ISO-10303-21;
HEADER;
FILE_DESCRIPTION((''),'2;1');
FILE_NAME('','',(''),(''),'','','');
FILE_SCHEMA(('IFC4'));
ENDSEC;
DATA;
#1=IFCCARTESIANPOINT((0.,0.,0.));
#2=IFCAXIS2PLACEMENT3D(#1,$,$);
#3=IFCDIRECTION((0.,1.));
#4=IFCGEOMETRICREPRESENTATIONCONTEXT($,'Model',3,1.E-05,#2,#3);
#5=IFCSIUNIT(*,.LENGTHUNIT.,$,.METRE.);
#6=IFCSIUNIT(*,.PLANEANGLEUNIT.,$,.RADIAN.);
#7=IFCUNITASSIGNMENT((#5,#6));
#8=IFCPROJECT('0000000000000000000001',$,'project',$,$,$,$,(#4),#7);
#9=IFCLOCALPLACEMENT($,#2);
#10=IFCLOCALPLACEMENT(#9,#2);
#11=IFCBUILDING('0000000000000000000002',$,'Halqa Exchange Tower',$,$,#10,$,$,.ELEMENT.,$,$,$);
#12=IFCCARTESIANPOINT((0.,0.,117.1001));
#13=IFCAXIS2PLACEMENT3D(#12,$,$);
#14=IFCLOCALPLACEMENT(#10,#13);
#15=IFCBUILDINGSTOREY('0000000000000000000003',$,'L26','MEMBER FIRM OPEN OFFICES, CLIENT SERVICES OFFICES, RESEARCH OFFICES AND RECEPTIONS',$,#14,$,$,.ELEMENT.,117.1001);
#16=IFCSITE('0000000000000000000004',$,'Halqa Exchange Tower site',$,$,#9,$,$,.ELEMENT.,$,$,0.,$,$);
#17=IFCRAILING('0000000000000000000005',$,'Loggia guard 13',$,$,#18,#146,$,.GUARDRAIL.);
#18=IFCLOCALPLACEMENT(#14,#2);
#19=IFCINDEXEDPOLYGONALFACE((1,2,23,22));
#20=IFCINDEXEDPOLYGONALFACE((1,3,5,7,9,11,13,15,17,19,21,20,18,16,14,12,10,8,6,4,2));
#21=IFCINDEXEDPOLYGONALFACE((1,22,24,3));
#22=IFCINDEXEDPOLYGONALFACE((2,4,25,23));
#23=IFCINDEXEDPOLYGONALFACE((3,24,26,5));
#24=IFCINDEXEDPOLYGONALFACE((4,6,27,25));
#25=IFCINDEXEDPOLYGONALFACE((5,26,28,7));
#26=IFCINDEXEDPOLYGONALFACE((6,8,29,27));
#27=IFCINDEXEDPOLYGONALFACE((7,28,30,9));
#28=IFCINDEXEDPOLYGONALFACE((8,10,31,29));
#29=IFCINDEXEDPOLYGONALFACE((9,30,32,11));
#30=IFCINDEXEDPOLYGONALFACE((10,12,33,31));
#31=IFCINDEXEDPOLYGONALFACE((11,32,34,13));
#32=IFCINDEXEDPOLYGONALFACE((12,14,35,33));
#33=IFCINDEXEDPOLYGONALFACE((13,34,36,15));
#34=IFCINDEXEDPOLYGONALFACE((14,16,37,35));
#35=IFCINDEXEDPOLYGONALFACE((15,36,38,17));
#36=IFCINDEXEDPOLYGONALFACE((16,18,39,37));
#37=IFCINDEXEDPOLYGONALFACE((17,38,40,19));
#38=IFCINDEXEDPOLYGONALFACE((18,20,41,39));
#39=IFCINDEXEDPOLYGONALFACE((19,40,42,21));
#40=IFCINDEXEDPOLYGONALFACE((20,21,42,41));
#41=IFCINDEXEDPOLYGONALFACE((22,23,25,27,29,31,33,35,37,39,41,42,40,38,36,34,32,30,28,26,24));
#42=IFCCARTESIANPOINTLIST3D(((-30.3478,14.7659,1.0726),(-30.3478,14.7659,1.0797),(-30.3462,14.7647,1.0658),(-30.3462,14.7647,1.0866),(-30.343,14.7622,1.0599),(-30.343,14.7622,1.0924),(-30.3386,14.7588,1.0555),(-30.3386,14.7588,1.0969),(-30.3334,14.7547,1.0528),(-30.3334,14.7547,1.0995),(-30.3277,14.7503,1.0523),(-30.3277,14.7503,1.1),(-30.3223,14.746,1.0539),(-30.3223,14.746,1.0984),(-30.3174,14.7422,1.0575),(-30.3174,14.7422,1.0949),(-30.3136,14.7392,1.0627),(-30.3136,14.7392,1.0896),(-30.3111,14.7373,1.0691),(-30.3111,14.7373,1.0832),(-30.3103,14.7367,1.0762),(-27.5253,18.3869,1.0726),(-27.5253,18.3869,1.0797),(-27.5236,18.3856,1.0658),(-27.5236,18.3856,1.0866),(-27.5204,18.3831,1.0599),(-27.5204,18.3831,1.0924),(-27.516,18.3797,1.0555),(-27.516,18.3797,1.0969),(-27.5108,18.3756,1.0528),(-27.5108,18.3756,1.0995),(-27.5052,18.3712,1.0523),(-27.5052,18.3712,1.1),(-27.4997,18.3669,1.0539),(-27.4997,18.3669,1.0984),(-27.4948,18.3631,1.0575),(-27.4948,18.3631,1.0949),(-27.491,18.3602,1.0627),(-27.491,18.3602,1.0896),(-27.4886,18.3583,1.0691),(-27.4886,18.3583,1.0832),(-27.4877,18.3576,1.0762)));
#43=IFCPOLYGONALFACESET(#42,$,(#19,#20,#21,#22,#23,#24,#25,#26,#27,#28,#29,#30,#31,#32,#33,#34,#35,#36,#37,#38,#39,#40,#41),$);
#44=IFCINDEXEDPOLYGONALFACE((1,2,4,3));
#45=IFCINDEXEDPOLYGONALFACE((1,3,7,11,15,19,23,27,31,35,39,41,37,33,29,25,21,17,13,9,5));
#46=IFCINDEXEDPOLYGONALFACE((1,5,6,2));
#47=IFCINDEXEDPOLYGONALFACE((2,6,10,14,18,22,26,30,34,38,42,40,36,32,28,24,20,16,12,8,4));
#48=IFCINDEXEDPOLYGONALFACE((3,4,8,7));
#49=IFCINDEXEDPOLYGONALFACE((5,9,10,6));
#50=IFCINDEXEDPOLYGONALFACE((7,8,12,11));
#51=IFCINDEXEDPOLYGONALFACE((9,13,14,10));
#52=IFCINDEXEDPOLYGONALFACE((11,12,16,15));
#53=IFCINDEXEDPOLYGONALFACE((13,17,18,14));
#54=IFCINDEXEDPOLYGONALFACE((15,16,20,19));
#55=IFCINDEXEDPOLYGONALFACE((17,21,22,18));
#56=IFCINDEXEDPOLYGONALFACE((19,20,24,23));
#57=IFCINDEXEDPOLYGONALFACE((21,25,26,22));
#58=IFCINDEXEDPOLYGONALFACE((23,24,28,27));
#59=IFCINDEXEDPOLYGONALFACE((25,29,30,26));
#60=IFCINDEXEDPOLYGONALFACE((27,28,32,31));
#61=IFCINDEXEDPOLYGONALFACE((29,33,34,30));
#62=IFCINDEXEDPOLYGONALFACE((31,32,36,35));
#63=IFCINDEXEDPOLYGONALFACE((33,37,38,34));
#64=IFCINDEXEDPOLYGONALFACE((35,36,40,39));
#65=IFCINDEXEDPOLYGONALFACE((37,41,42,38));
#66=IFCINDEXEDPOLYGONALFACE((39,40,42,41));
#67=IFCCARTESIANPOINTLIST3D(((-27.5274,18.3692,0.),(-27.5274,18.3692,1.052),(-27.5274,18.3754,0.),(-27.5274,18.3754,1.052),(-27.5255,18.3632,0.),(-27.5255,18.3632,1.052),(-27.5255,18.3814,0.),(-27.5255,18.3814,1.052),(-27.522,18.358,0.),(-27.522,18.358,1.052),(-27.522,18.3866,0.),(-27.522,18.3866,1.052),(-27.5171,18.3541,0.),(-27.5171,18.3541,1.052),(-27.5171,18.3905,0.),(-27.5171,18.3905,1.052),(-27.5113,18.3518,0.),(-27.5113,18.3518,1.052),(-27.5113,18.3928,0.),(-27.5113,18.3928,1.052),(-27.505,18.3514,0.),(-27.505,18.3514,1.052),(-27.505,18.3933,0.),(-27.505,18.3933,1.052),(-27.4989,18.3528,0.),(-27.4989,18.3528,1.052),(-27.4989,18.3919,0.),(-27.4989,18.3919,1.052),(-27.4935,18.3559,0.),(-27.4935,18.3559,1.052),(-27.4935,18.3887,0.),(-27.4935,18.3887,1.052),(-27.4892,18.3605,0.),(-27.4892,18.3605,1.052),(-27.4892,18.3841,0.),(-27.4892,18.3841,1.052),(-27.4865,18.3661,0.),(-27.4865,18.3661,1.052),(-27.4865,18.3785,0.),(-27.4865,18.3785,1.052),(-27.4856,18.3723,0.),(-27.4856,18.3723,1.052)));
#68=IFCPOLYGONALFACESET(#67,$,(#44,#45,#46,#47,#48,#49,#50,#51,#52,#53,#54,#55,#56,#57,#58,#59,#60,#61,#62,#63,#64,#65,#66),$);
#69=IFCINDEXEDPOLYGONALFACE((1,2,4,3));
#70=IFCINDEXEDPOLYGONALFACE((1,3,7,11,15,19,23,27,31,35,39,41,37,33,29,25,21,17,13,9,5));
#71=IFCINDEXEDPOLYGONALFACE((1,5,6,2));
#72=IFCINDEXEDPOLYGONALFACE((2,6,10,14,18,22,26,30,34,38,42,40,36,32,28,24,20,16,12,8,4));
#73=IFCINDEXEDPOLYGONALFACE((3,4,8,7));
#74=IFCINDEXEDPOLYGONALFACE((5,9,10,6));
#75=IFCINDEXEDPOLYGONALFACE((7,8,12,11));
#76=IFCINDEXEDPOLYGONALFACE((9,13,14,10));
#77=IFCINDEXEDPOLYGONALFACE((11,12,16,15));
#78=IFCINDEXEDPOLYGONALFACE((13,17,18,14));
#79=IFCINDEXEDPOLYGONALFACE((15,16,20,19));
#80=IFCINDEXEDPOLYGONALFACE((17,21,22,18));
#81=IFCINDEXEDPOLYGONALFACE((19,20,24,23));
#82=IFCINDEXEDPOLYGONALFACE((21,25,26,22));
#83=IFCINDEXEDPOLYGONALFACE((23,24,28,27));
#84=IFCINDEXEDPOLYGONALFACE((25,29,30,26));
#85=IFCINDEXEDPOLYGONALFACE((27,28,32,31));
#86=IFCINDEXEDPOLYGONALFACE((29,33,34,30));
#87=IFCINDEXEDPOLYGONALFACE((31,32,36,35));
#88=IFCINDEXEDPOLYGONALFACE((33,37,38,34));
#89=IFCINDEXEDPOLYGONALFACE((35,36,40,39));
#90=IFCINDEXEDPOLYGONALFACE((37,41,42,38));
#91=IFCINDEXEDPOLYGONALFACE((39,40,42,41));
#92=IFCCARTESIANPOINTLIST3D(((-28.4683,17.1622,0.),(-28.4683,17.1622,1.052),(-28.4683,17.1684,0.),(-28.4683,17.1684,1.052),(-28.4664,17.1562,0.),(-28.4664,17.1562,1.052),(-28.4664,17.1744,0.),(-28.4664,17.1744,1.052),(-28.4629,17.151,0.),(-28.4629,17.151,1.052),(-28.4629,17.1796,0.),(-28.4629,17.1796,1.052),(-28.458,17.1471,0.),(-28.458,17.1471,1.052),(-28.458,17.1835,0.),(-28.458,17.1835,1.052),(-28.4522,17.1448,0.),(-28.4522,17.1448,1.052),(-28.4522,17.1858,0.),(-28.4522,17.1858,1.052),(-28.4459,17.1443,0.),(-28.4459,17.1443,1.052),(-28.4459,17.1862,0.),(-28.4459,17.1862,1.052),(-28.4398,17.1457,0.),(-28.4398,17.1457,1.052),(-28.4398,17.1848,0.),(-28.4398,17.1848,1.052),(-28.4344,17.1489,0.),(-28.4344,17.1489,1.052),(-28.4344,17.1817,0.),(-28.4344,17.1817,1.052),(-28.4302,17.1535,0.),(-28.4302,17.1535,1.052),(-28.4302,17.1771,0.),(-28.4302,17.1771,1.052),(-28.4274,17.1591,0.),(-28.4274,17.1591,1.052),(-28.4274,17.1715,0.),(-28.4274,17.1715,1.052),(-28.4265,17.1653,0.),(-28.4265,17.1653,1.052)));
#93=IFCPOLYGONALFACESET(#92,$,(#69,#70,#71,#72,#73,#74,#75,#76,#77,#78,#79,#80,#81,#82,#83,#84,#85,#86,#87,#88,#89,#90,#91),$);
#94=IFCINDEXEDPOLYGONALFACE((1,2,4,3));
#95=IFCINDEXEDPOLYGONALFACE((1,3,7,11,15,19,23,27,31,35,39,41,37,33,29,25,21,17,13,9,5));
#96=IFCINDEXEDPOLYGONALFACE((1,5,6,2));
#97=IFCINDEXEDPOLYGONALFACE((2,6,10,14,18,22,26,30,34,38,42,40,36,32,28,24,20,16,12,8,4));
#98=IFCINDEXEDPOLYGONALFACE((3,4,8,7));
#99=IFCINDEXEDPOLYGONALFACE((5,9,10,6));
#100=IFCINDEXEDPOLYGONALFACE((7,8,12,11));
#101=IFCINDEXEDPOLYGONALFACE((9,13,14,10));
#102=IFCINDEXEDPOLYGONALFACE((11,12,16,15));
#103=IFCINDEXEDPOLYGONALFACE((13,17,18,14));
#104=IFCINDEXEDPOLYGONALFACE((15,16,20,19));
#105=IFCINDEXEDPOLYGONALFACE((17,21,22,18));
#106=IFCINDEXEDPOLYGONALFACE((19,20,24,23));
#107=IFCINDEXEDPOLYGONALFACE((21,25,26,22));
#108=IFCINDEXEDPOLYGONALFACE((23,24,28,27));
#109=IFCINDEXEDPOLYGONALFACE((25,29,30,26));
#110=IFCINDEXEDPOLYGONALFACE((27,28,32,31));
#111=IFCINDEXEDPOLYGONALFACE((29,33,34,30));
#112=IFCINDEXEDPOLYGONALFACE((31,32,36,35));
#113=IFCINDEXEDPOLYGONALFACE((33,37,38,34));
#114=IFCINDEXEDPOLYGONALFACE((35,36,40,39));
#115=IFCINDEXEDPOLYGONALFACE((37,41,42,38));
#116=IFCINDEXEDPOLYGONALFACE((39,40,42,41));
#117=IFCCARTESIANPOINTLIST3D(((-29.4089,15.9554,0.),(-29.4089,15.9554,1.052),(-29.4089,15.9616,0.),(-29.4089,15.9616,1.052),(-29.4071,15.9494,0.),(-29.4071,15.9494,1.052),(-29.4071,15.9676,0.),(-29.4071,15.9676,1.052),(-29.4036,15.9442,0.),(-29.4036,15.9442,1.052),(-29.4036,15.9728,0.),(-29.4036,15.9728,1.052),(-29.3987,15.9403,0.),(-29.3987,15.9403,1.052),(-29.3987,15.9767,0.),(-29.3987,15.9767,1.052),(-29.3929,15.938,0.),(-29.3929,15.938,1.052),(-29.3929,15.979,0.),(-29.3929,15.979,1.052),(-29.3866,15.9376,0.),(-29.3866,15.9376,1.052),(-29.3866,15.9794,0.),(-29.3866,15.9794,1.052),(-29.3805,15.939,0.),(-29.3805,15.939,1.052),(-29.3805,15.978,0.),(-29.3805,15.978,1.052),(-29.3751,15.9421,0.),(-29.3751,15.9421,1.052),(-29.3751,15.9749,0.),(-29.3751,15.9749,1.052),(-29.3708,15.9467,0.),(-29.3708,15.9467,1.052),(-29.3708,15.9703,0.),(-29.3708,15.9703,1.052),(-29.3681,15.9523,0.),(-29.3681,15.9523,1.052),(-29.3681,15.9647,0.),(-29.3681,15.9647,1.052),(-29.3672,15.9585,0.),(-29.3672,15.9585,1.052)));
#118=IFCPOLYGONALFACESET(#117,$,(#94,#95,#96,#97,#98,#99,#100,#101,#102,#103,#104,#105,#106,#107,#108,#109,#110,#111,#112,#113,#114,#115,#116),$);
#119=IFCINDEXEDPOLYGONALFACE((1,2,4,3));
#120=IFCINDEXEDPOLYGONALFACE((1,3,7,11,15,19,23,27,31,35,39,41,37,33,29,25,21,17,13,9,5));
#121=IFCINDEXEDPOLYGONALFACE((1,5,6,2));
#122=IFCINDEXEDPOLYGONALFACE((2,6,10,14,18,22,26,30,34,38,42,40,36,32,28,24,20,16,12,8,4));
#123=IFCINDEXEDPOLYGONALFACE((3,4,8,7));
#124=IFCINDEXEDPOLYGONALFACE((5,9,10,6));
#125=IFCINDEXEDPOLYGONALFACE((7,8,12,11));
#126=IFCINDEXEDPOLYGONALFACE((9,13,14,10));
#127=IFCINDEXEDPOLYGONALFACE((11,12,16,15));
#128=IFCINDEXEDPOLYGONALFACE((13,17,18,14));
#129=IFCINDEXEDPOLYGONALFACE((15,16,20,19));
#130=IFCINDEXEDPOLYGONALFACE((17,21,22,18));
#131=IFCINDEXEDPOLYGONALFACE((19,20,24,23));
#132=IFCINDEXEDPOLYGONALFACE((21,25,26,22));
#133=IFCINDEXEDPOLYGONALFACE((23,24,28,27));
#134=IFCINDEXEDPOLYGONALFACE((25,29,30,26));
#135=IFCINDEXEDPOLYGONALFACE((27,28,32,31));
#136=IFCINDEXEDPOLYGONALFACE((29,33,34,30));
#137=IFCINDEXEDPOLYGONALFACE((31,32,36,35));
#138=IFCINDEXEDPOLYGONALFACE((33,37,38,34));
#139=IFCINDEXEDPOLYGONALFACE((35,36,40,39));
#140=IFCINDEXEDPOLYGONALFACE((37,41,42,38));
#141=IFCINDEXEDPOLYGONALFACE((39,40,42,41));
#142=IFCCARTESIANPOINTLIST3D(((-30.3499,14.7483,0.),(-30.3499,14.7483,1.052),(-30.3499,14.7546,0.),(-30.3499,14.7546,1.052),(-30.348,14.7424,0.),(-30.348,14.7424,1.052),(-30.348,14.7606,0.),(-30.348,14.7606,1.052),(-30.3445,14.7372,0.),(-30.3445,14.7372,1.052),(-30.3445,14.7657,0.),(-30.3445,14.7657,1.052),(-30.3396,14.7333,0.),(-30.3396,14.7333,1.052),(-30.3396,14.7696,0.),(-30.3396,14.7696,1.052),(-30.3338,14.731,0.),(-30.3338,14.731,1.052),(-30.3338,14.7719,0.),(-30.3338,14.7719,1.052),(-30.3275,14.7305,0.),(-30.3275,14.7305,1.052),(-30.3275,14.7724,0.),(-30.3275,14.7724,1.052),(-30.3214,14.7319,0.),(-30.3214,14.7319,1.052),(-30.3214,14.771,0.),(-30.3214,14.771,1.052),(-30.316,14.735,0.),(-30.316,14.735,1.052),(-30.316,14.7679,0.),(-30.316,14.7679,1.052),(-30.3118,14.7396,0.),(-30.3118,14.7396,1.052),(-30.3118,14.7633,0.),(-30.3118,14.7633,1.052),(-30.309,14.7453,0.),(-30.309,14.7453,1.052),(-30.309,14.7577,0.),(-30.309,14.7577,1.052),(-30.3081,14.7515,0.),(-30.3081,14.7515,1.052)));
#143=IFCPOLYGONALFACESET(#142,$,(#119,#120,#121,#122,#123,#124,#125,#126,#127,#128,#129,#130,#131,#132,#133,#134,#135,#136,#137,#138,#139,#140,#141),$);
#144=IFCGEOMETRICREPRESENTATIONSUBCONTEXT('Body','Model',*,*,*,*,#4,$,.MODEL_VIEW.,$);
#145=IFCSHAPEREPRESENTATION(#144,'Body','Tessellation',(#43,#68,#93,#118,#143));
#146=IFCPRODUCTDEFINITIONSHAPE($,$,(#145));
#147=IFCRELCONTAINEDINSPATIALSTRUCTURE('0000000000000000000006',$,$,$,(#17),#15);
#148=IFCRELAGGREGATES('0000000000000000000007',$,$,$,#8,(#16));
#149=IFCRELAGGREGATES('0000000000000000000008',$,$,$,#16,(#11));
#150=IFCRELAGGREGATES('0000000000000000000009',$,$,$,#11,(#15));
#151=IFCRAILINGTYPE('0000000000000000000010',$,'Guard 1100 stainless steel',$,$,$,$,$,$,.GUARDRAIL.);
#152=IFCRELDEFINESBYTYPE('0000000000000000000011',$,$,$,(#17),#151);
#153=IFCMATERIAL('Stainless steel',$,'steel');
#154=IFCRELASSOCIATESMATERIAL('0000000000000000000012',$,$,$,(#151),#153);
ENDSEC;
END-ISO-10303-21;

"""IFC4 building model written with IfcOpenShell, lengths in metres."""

from ifc_helpers import new_model, si_unit, direction, frame, origin, origin_2d, place, context, subcontext, project, spatial, circle, extrude, material, type_object, element, save


model = new_model("IFC4")

# Units and contexts
model_context = context("Model", 3, precision=1e-05, world=origin(), true_north=direction((0.0, 1.0)))
body_context = subcontext(model_context, "Body", "Model", "MODEL_VIEW")
ifc_project = project(units=[si_unit("LENGTHUNIT", "METRE"), si_unit("PLANEANGLEUNIT", "RADIAN")], contexts=[model_context])

# Site, building, storey
site_placement = place(None, origin())
site = spatial("IfcSite", under=ifc_project, at=site_placement, Name="Halqa Exchange Tower site", CompositionType="ELEMENT", RefElevation=0.0)
building_placement = place(site_placement, origin())
building = spatial("IfcBuilding", under=site, at=building_placement, Name="Halqa Exchange Tower", CompositionType="ELEMENT")
storey_placement = place(building_placement, frame((0.0, 0.0, 117.1001)))
storey = spatial("IfcBuildingStorey", under=building, at=storey_placement, Name="L26", Description="MEMBER FIRM OPEN OFFICES, CLIENT SERVICES OFFICES, RESEARCH OFFICES AND RECEPTIONS", CompositionType="ELEMENT", Elevation=117.1001)

# Railing
ifc_material_1 = material(Name="Stainless steel", Category="steel")
railing_type = type_object("IfcRailingType", Name="Guard 1100 stainless steel", PredefinedType="GUARDRAIL", material=ifc_material_1)
railing_1_placement = place(storey_placement, frame((-27.5066, 18.3723, 0.0)))
element("IfcRailing", 1, at=railing_1_placement, inside=storey, type_object=railing_type, Name="Loggia guard 13", PredefinedType="GUARDRAIL", context=body_context, shape_type="SweptSolid", body=[
    extrude(circle(Radius=0.0239, at=origin_2d()), frame((0.0, 0.0, 1.0762), z_axis=(-0.614794, -0.788687, 0.0), x_axis=(0.788687, -0.614794, 0.0)), (0.0, 0.0, 1.0), 4.5911),
    extrude(circle(Radius=0.021, at=origin_2d()), origin(), (0.0, 0.0, 1.0), 1.052),
    extrude(circle(Radius=0.021, at=origin_2d()), frame((-0.9409, -1.207, 0.0)), (0.0, 0.0, 1.0), 1.052),
    extrude(circle(Radius=0.021, at=origin_2d()), frame((-1.8816, -2.4138, 0.0)), (0.0, 0.0, 1.0), 1.052),
    extrude(circle(Radius=0.021, at=origin_2d()), frame((-2.8225, -3.6208, 0.0)), (0.0, 0.0, 1.0), 1.052),
])

save(model, "model.ifc")
